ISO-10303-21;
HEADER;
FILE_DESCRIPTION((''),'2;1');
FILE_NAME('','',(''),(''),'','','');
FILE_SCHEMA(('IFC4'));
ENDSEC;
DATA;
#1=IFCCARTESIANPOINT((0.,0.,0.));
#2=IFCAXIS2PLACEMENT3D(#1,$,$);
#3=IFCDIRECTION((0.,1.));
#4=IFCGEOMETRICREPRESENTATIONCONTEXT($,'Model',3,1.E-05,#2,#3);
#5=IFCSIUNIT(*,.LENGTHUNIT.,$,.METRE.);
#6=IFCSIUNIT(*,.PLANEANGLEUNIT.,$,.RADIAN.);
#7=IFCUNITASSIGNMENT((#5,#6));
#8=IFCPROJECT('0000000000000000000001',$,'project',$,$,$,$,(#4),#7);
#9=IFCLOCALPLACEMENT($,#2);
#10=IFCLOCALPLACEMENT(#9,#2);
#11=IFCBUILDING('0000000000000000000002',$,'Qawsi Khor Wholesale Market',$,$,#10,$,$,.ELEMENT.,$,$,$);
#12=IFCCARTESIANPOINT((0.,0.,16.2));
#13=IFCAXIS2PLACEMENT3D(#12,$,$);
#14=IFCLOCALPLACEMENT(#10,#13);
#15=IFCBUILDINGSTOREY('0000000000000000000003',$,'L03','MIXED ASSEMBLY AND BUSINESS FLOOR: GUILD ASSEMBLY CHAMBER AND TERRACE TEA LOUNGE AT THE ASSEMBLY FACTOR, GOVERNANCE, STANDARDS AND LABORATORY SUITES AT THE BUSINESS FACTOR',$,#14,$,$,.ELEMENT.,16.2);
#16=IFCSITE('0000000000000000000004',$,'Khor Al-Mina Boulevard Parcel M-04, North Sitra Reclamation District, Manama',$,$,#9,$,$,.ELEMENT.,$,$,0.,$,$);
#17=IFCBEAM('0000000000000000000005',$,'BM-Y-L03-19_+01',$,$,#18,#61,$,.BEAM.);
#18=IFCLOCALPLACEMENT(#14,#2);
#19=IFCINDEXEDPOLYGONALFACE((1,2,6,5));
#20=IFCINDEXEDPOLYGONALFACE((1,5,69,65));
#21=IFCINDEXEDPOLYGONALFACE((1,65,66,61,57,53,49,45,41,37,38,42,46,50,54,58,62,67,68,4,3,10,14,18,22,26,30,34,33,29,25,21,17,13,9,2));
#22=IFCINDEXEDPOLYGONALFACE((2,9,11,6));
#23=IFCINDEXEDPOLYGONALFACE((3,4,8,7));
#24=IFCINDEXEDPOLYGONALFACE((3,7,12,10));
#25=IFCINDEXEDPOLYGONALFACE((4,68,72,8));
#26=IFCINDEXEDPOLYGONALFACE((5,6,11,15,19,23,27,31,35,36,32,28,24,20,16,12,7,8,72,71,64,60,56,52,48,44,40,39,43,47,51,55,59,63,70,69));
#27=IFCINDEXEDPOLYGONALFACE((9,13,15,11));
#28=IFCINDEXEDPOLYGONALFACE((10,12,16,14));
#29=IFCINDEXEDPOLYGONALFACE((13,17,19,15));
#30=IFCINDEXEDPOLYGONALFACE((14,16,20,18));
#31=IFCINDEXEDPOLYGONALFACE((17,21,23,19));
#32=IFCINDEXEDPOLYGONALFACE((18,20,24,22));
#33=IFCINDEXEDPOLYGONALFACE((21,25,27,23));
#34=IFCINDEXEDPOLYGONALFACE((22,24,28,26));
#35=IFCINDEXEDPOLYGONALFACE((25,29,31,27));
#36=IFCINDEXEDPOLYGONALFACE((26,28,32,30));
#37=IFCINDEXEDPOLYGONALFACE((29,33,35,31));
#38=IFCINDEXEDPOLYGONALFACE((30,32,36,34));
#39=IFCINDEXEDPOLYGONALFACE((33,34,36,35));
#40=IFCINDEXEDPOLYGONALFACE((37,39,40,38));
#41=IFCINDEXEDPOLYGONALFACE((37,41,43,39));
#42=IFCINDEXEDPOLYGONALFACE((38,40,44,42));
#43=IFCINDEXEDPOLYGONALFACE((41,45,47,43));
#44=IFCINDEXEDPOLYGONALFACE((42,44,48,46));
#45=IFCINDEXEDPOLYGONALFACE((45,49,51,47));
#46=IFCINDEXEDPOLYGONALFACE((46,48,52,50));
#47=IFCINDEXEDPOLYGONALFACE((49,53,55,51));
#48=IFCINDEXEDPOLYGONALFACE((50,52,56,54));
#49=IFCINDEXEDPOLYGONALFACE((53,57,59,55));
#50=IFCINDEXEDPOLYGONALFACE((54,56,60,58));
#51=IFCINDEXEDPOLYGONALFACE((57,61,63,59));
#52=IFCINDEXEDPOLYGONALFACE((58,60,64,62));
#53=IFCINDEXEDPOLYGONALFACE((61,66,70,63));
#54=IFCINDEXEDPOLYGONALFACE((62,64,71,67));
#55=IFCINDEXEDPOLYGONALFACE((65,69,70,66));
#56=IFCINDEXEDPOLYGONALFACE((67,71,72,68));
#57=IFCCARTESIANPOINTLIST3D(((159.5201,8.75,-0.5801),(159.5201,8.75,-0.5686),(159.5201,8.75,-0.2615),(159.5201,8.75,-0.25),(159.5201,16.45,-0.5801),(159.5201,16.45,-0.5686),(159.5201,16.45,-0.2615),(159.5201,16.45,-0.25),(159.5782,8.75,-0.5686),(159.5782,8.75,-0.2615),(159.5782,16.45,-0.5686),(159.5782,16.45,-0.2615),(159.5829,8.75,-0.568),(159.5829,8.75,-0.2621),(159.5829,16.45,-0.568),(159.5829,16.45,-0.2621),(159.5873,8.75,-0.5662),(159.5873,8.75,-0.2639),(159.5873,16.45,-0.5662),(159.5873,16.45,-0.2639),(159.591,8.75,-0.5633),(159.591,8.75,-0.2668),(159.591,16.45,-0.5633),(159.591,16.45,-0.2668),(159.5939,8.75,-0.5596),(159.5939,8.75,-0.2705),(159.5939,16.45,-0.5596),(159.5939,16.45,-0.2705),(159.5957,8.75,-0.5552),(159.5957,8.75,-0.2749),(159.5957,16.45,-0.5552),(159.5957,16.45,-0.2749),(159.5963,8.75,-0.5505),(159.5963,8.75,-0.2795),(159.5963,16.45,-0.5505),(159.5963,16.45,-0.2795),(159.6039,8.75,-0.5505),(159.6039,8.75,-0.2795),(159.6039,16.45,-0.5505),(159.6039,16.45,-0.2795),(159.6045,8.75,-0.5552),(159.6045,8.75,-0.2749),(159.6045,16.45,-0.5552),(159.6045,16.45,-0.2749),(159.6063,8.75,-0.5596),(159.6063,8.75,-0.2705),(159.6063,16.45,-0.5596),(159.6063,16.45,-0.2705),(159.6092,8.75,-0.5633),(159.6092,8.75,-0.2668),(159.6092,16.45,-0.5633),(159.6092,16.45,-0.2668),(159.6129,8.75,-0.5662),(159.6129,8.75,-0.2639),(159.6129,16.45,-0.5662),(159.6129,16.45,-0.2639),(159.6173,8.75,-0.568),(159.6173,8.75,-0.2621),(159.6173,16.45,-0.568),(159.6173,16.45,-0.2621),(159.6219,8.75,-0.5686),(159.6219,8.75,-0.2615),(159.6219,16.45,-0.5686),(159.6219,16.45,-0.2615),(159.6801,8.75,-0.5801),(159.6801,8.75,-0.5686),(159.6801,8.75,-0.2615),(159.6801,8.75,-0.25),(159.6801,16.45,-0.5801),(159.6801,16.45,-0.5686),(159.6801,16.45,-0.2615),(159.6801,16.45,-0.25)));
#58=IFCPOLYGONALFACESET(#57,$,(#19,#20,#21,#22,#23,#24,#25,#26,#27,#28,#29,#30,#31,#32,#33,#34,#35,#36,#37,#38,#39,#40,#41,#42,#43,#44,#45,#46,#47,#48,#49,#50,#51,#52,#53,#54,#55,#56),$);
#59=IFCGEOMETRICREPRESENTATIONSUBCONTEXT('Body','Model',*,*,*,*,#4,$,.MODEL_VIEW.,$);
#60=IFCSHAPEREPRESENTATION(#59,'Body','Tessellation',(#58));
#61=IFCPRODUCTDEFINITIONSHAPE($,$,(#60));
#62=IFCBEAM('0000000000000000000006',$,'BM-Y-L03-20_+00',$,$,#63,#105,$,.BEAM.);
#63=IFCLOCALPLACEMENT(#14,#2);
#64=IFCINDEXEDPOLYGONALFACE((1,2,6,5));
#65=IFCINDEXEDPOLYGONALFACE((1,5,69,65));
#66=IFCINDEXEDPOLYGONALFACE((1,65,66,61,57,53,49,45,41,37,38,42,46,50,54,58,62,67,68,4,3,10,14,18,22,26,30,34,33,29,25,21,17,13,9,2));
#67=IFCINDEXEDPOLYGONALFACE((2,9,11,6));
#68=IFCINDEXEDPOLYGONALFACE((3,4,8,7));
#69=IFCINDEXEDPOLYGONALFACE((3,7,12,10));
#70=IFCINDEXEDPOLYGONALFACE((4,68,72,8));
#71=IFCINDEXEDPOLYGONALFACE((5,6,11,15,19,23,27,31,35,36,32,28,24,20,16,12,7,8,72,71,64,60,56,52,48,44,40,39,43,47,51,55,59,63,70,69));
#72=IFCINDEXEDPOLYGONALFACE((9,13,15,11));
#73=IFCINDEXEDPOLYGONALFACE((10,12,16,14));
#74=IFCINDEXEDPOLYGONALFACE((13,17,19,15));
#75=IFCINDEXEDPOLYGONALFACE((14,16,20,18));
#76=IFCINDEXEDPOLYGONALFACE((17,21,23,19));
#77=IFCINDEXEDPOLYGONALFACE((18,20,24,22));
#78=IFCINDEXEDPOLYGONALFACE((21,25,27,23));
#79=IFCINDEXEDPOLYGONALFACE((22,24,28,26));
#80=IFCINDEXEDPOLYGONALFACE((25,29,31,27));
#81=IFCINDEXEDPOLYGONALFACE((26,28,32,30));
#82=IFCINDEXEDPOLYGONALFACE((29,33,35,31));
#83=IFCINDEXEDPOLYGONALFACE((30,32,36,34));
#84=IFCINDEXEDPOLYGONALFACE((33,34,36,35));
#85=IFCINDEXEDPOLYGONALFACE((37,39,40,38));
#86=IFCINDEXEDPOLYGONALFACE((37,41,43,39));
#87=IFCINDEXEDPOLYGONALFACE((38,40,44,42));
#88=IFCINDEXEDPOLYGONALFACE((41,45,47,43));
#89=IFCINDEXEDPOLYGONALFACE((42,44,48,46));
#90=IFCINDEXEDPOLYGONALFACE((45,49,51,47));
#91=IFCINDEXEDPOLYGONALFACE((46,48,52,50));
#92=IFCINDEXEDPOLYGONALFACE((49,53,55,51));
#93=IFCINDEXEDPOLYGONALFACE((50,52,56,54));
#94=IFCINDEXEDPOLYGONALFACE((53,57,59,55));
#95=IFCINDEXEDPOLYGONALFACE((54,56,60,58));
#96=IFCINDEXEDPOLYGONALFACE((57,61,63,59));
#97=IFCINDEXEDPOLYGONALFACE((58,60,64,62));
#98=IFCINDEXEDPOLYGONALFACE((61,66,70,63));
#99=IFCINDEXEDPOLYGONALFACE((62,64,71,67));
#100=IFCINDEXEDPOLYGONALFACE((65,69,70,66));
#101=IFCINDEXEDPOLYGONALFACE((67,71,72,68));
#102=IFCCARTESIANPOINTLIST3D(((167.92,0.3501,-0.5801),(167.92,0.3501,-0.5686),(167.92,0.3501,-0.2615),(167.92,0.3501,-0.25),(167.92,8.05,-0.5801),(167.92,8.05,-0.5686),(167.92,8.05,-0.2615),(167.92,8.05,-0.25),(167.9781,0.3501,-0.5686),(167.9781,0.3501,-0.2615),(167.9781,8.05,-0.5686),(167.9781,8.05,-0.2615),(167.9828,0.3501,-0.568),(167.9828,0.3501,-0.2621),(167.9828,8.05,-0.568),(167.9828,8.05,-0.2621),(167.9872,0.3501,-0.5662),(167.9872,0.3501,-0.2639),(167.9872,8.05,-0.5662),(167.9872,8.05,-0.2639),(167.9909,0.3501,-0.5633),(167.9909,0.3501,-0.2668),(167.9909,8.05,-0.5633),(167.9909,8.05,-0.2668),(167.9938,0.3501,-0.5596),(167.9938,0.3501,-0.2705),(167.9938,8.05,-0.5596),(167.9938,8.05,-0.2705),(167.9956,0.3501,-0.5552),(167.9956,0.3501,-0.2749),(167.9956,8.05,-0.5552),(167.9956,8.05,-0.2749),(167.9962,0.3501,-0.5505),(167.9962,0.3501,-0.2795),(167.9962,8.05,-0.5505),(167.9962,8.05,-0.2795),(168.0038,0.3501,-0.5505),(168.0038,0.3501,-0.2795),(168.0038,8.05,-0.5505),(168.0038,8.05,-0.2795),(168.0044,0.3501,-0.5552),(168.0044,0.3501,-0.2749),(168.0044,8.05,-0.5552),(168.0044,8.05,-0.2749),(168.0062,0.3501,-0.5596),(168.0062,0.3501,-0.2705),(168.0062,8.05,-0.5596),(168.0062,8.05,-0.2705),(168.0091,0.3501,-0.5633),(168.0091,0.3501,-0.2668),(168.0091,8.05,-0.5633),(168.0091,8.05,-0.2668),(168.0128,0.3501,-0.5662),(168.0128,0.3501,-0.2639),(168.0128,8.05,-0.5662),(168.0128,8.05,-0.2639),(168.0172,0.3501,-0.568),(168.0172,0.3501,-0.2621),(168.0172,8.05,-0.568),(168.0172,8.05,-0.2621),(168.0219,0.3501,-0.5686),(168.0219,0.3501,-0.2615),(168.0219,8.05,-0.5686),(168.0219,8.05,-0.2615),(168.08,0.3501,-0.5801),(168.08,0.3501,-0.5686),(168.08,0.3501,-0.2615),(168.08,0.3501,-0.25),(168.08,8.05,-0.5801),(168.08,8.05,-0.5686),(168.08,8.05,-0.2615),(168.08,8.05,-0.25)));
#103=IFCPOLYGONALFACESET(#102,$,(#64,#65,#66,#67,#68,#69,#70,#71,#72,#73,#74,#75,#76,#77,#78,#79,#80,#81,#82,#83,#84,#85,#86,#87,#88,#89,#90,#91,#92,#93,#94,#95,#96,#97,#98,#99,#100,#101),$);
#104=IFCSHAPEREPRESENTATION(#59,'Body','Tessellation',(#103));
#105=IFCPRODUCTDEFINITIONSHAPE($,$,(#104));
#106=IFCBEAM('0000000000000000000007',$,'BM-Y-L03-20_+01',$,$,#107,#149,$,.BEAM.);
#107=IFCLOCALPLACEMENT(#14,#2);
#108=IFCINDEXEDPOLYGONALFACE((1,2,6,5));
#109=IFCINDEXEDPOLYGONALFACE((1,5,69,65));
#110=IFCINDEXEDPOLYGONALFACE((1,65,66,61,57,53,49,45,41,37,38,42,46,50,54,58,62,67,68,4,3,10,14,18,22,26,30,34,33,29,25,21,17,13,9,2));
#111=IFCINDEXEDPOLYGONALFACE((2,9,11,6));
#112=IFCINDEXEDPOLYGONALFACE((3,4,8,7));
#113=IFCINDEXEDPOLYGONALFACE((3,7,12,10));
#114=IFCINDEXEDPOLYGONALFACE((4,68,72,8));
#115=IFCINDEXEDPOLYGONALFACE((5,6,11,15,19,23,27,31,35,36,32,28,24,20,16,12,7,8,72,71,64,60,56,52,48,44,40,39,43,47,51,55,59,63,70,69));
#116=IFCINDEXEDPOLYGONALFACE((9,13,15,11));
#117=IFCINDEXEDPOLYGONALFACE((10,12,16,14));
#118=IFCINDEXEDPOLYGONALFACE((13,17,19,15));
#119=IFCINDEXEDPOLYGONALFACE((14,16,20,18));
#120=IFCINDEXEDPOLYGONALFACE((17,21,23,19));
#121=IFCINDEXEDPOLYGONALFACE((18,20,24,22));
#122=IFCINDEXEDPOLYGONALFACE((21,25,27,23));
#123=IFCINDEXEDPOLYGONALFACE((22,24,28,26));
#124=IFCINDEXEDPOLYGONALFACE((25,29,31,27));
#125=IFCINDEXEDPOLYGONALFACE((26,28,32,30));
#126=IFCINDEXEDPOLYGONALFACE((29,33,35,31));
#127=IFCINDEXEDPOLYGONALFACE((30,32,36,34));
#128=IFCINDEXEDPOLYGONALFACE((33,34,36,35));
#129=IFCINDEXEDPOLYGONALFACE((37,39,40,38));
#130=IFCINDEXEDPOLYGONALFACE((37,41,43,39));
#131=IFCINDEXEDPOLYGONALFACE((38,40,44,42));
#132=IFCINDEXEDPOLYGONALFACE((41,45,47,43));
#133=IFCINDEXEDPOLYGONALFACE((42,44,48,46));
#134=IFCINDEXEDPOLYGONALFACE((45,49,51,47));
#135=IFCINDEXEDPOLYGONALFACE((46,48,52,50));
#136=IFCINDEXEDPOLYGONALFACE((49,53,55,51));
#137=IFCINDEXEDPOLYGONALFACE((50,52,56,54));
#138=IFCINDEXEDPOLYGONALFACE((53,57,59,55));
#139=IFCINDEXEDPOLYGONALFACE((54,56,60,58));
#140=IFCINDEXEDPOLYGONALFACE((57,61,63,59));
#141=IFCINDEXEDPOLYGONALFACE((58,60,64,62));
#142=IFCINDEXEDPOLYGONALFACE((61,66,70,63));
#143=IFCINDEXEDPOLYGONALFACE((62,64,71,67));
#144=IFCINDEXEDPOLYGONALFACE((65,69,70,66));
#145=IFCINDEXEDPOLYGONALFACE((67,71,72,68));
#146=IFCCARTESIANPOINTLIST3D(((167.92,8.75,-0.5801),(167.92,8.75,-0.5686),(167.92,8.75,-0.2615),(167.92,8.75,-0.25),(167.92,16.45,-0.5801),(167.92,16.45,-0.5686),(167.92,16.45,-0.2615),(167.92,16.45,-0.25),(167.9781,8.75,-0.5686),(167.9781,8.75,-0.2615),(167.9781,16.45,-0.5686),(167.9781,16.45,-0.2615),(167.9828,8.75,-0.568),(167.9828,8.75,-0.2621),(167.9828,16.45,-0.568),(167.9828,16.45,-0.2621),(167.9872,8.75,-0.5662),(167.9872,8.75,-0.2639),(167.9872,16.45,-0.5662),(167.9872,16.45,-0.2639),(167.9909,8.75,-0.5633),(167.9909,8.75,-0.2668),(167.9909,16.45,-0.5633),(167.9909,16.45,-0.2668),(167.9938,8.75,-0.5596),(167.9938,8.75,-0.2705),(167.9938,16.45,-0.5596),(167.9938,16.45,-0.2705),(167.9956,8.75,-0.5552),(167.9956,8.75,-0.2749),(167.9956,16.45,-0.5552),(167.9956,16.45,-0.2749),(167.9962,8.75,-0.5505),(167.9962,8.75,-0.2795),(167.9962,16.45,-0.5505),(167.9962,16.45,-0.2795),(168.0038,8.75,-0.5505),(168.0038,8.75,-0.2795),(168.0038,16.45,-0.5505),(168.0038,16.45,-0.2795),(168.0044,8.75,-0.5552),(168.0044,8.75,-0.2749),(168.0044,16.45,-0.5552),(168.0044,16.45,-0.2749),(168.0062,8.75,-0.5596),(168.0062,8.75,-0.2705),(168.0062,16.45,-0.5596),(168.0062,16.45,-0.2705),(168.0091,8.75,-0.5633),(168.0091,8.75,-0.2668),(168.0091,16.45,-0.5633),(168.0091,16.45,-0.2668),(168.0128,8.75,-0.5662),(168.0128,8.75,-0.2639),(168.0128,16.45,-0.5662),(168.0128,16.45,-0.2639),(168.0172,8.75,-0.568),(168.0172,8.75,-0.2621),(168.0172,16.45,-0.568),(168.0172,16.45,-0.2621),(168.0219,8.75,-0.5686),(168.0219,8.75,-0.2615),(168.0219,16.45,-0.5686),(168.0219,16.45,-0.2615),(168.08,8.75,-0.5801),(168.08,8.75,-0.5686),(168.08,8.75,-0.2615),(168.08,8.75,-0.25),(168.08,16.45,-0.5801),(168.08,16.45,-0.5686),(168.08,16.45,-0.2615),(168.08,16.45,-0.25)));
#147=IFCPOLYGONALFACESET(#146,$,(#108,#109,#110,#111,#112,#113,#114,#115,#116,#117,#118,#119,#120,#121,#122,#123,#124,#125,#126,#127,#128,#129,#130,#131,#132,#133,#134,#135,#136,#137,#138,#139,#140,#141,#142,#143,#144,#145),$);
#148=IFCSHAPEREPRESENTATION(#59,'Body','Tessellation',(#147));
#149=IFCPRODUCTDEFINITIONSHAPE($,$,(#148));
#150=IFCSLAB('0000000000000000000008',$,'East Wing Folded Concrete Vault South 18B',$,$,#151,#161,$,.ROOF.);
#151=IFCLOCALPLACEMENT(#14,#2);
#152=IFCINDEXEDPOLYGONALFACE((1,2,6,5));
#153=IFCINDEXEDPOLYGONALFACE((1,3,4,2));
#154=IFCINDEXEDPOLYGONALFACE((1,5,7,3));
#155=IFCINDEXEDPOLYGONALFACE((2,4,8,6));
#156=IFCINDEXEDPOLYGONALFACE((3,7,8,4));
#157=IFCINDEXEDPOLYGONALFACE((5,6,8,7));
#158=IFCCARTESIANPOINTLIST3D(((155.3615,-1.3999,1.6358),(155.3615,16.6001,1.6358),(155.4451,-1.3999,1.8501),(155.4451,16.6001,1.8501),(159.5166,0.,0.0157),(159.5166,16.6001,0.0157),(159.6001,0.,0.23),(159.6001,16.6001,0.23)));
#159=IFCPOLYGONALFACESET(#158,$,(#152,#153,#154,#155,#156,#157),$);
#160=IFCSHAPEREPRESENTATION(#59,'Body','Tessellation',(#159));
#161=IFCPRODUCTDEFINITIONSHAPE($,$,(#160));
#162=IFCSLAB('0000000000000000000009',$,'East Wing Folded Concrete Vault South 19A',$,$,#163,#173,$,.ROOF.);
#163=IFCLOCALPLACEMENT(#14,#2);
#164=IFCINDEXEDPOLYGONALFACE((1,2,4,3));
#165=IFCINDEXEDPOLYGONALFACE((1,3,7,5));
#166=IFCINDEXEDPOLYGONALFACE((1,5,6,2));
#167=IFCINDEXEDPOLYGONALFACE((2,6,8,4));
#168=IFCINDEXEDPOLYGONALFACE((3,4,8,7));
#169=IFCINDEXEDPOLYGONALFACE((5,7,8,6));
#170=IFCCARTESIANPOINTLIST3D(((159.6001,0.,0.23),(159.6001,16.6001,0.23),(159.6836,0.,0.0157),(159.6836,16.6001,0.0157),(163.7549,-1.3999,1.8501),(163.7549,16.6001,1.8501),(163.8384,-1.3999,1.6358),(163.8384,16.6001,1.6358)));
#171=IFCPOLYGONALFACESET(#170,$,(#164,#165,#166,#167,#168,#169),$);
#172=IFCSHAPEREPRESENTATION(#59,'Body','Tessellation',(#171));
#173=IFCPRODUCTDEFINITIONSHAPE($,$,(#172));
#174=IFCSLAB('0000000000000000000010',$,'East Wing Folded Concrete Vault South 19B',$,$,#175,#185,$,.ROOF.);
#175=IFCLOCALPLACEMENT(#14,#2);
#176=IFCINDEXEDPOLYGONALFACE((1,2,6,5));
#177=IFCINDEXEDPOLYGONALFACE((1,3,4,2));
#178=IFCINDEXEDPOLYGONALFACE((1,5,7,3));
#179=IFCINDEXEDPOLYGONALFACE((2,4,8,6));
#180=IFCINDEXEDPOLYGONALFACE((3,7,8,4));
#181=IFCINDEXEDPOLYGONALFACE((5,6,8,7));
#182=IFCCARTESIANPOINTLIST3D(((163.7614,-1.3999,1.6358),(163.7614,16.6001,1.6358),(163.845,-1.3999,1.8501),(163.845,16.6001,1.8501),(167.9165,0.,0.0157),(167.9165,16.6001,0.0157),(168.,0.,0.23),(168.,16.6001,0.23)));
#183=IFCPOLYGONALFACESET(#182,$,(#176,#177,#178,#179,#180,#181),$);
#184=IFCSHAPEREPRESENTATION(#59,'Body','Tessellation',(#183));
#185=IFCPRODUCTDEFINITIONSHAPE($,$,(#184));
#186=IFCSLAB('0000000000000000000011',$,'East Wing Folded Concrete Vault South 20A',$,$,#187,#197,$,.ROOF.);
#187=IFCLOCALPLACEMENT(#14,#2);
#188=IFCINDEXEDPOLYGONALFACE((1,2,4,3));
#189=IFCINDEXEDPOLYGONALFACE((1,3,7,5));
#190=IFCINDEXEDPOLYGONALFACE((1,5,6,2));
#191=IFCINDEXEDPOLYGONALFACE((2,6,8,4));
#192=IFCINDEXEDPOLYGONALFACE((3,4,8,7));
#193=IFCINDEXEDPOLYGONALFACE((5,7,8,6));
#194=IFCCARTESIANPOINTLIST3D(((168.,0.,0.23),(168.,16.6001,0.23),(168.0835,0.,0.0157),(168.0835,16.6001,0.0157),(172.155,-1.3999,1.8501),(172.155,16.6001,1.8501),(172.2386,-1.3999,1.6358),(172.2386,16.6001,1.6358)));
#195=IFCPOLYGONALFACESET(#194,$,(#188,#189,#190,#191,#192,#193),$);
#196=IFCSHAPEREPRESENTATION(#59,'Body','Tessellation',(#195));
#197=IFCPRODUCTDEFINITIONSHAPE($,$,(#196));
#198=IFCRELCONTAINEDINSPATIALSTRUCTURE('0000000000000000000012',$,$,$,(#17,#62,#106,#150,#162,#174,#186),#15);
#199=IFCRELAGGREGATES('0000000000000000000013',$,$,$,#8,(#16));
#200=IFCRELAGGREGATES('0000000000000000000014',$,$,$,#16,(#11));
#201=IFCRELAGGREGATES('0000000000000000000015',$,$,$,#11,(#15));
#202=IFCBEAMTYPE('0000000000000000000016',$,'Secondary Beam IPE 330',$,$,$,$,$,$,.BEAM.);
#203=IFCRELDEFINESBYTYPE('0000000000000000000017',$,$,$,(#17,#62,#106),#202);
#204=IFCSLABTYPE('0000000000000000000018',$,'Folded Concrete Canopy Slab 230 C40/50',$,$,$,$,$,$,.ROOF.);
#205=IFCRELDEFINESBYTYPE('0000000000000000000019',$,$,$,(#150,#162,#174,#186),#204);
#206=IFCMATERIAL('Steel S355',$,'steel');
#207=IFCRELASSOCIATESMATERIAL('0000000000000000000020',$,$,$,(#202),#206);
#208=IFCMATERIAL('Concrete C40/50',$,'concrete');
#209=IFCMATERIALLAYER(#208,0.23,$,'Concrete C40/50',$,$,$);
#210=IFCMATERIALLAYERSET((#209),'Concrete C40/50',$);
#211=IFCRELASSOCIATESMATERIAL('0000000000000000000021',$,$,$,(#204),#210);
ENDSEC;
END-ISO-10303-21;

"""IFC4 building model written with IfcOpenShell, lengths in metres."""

from ifc_helpers import new_model, si_unit, direction, frame, origin, origin_2d, place, context, subcontext, project, spatial, polyline, i_section, outline, extrude, material, layer, layer_set, material_profile, profile_set, type_object, element, save


model = new_model("IFC4")

# Units and contexts
model_context = context("Model", 3, precision=1e-05, world=origin(), true_north=direction((0.0, 1.0)))
body_context = subcontext(model_context, "Body", "Model", "MODEL_VIEW")
ifc_project = project(units=[si_unit("LENGTHUNIT", "METRE"), si_unit("PLANEANGLEUNIT", "RADIAN")], contexts=[model_context])

# Site, building, storey
site_placement = place(None, origin())
site = spatial("IfcSite", under=ifc_project, at=site_placement, Name="Khor Al-Mina Boulevard Parcel M-04, North Sitra Reclamation District, Manama", CompositionType="ELEMENT", RefElevation=0.0)
building_placement = place(site_placement, origin())
building = spatial("IfcBuilding", under=site, at=building_placement, Name="Qawsi Khor Wholesale Market", CompositionType="ELEMENT")
storey_placement = place(building_placement, frame((0.0, 0.0, 16.2)))
storey = spatial("IfcBuildingStorey", under=building, at=storey_placement, Name="L03", Description="MIXED ASSEMBLY AND BUSINESS FLOOR: GUILD ASSEMBLY CHAMBER AND TERRACE TEA LOUNGE AT THE ASSEMBLY FACTOR, GOVERNANCE, STANDARDS AND LABORATORY SUITES AT THE BUSINESS FACTOR", CompositionType="ELEMENT", Elevation=16.2)

# Beams
ifc_material_1 = material(Name="Steel S355", Category="steel")
ifc_material_profile_1 = material_profile(ifc_material_1, i_section(OverallWidth=0.1599, OverallDepth=0.3301, WebThickness=0.0076, FlangeThickness=0.0115, FilletRadius=0.0181, at=origin_2d()), Name="IPE 330")
ifc_profile_set_1 = profile_set([ifc_material_profile_1], Name="Steel S355")
beam_type_1 = type_object("IfcBeamType", Name="Secondary Beam IPE 330", PredefinedType="BEAM", material=ifc_profile_set_1)
for number, where, z_axis, x_axis, name in (
    (1, (159.6001, 8.75, -0.415), (0.0, 1.0, 0.0), (-1.0, 0.0, 0.0), "BM-Y-L03-19_+01"),
    (2, (168.0, 0.3501, -0.415), (0.0, 1.0, 0.0), (-1.0, 0.0, 0.0), "BM-Y-L03-20_+00"),
    (3, (168.0, 8.75, -0.415), (0.0, 1.0, 0.0), (-1.0, 0.0, 0.0), "BM-Y-L03-20_+01"),
):
    element("IfcBeam", number, at=place(storey_placement, frame(where, z_axis=z_axis, x_axis=x_axis)), inside=storey, type_object=beam_type_1, Name=name, PredefinedType="BEAM", context=body_context, shape_type="SweptSolid", body=[
        extrude(i_section(OverallWidth=0.1599, OverallDepth=0.3301, WebThickness=0.0076, FlangeThickness=0.0115, FilletRadius=0.0181, at=origin_2d()), origin(), (0.0, 0.0, 1.0), 7.7),
    ])

# Slabs
ifc_material_2 = material(Name="Concrete C40/50", Category="concrete")
ifc_layer_1 = layer(ifc_material_2, 0.23, Name="Concrete C40/50")
ifc_layer_set_1 = layer_set([ifc_layer_1], Name="Concrete C40/50")
slab_type = type_object("IfcSlabType", Name="Folded Concrete Canopy Slab 230 C40/50", PredefinedType="ROOF", material=ifc_layer_set_1)
slab_1_placement = place(storey_placement, frame((155.4451, -1.3999, 1.8501), z_axis=(0.363278, 0.0, 0.931681), x_axis=(0.888916, 0.299491, -0.346603)))
element("IfcSlab", 4, at=slab_1_placement, inside=storey, type_object=slab_type, Name="East Wing Folded Concrete Vault South 18B", PredefinedType="ROOF", context=body_context, shape_type="SweptSolid", body=[
    extrude(outline(polyline([(0.0, 0.0), (4.6743, 0.0), (9.6459, 15.8381), (5.3908, 17.1738), (0.0, 0.0)])), origin(), (0.0, 0.0, -1.0), 0.23),
])
slab_2_placement = place(storey_placement, frame((159.6001, 0.0, 0.23), z_axis=(-0.363297, 0.0, 0.931673), x_axis=(0.888905, -0.299505, 0.34662)))
element("IfcSlab", 5, at=slab_2_placement, inside=storey, type_object=slab_type, Name="East Wing Folded Concrete Vault South 19A", PredefinedType="ROOF", context=body_context, shape_type="SweptSolid", body=[
    extrude(outline(polyline([(0.0, 0.0), (4.6741, 0.0), (-0.717, 17.1737), (-4.9718, 15.8381), (0.0, 0.0)])), origin(), (0.0, 0.0, -1.0), 0.23),
])
slab_3_placement = place(storey_placement, frame((163.845, -1.3999, 1.8501), z_axis=(0.363278, 0.0, 0.931681), x_axis=(0.888916, 0.299491, -0.346603)))
element("IfcSlab", 6, at=slab_3_placement, inside=storey, type_object=slab_type, Name="East Wing Folded Concrete Vault South 19B", PredefinedType="ROOF", context=body_context, shape_type="SweptSolid", body=[
    extrude(outline(polyline([(0.0, 0.0), (4.6743, 0.0), (9.6459, 15.8381), (5.3908, 17.1738), (0.0, 0.0)])), origin(), (0.0, 0.0, -1.0), 0.23),
])
slab_4_placement = place(storey_placement, frame((168.0, 0.0, 0.23), z_axis=(-0.363278, 0.0, 0.931681), x_axis=(0.888916, -0.299491, 0.346603)))
element("IfcSlab", 7, at=slab_4_placement, inside=storey, type_object=slab_type, Name="East Wing Folded Concrete Vault South 20A", PredefinedType="ROOF", context=body_context, shape_type="SweptSolid", body=[
    extrude(outline(polyline([(0.0, 0.0), (4.6743, 0.0), (-0.7166, 17.1738), (-4.9716, 15.8381), (0.0, 0.0)])), origin(), (0.0, 0.0, -1.0), 0.23),
])

save(model, "model.ifc")
